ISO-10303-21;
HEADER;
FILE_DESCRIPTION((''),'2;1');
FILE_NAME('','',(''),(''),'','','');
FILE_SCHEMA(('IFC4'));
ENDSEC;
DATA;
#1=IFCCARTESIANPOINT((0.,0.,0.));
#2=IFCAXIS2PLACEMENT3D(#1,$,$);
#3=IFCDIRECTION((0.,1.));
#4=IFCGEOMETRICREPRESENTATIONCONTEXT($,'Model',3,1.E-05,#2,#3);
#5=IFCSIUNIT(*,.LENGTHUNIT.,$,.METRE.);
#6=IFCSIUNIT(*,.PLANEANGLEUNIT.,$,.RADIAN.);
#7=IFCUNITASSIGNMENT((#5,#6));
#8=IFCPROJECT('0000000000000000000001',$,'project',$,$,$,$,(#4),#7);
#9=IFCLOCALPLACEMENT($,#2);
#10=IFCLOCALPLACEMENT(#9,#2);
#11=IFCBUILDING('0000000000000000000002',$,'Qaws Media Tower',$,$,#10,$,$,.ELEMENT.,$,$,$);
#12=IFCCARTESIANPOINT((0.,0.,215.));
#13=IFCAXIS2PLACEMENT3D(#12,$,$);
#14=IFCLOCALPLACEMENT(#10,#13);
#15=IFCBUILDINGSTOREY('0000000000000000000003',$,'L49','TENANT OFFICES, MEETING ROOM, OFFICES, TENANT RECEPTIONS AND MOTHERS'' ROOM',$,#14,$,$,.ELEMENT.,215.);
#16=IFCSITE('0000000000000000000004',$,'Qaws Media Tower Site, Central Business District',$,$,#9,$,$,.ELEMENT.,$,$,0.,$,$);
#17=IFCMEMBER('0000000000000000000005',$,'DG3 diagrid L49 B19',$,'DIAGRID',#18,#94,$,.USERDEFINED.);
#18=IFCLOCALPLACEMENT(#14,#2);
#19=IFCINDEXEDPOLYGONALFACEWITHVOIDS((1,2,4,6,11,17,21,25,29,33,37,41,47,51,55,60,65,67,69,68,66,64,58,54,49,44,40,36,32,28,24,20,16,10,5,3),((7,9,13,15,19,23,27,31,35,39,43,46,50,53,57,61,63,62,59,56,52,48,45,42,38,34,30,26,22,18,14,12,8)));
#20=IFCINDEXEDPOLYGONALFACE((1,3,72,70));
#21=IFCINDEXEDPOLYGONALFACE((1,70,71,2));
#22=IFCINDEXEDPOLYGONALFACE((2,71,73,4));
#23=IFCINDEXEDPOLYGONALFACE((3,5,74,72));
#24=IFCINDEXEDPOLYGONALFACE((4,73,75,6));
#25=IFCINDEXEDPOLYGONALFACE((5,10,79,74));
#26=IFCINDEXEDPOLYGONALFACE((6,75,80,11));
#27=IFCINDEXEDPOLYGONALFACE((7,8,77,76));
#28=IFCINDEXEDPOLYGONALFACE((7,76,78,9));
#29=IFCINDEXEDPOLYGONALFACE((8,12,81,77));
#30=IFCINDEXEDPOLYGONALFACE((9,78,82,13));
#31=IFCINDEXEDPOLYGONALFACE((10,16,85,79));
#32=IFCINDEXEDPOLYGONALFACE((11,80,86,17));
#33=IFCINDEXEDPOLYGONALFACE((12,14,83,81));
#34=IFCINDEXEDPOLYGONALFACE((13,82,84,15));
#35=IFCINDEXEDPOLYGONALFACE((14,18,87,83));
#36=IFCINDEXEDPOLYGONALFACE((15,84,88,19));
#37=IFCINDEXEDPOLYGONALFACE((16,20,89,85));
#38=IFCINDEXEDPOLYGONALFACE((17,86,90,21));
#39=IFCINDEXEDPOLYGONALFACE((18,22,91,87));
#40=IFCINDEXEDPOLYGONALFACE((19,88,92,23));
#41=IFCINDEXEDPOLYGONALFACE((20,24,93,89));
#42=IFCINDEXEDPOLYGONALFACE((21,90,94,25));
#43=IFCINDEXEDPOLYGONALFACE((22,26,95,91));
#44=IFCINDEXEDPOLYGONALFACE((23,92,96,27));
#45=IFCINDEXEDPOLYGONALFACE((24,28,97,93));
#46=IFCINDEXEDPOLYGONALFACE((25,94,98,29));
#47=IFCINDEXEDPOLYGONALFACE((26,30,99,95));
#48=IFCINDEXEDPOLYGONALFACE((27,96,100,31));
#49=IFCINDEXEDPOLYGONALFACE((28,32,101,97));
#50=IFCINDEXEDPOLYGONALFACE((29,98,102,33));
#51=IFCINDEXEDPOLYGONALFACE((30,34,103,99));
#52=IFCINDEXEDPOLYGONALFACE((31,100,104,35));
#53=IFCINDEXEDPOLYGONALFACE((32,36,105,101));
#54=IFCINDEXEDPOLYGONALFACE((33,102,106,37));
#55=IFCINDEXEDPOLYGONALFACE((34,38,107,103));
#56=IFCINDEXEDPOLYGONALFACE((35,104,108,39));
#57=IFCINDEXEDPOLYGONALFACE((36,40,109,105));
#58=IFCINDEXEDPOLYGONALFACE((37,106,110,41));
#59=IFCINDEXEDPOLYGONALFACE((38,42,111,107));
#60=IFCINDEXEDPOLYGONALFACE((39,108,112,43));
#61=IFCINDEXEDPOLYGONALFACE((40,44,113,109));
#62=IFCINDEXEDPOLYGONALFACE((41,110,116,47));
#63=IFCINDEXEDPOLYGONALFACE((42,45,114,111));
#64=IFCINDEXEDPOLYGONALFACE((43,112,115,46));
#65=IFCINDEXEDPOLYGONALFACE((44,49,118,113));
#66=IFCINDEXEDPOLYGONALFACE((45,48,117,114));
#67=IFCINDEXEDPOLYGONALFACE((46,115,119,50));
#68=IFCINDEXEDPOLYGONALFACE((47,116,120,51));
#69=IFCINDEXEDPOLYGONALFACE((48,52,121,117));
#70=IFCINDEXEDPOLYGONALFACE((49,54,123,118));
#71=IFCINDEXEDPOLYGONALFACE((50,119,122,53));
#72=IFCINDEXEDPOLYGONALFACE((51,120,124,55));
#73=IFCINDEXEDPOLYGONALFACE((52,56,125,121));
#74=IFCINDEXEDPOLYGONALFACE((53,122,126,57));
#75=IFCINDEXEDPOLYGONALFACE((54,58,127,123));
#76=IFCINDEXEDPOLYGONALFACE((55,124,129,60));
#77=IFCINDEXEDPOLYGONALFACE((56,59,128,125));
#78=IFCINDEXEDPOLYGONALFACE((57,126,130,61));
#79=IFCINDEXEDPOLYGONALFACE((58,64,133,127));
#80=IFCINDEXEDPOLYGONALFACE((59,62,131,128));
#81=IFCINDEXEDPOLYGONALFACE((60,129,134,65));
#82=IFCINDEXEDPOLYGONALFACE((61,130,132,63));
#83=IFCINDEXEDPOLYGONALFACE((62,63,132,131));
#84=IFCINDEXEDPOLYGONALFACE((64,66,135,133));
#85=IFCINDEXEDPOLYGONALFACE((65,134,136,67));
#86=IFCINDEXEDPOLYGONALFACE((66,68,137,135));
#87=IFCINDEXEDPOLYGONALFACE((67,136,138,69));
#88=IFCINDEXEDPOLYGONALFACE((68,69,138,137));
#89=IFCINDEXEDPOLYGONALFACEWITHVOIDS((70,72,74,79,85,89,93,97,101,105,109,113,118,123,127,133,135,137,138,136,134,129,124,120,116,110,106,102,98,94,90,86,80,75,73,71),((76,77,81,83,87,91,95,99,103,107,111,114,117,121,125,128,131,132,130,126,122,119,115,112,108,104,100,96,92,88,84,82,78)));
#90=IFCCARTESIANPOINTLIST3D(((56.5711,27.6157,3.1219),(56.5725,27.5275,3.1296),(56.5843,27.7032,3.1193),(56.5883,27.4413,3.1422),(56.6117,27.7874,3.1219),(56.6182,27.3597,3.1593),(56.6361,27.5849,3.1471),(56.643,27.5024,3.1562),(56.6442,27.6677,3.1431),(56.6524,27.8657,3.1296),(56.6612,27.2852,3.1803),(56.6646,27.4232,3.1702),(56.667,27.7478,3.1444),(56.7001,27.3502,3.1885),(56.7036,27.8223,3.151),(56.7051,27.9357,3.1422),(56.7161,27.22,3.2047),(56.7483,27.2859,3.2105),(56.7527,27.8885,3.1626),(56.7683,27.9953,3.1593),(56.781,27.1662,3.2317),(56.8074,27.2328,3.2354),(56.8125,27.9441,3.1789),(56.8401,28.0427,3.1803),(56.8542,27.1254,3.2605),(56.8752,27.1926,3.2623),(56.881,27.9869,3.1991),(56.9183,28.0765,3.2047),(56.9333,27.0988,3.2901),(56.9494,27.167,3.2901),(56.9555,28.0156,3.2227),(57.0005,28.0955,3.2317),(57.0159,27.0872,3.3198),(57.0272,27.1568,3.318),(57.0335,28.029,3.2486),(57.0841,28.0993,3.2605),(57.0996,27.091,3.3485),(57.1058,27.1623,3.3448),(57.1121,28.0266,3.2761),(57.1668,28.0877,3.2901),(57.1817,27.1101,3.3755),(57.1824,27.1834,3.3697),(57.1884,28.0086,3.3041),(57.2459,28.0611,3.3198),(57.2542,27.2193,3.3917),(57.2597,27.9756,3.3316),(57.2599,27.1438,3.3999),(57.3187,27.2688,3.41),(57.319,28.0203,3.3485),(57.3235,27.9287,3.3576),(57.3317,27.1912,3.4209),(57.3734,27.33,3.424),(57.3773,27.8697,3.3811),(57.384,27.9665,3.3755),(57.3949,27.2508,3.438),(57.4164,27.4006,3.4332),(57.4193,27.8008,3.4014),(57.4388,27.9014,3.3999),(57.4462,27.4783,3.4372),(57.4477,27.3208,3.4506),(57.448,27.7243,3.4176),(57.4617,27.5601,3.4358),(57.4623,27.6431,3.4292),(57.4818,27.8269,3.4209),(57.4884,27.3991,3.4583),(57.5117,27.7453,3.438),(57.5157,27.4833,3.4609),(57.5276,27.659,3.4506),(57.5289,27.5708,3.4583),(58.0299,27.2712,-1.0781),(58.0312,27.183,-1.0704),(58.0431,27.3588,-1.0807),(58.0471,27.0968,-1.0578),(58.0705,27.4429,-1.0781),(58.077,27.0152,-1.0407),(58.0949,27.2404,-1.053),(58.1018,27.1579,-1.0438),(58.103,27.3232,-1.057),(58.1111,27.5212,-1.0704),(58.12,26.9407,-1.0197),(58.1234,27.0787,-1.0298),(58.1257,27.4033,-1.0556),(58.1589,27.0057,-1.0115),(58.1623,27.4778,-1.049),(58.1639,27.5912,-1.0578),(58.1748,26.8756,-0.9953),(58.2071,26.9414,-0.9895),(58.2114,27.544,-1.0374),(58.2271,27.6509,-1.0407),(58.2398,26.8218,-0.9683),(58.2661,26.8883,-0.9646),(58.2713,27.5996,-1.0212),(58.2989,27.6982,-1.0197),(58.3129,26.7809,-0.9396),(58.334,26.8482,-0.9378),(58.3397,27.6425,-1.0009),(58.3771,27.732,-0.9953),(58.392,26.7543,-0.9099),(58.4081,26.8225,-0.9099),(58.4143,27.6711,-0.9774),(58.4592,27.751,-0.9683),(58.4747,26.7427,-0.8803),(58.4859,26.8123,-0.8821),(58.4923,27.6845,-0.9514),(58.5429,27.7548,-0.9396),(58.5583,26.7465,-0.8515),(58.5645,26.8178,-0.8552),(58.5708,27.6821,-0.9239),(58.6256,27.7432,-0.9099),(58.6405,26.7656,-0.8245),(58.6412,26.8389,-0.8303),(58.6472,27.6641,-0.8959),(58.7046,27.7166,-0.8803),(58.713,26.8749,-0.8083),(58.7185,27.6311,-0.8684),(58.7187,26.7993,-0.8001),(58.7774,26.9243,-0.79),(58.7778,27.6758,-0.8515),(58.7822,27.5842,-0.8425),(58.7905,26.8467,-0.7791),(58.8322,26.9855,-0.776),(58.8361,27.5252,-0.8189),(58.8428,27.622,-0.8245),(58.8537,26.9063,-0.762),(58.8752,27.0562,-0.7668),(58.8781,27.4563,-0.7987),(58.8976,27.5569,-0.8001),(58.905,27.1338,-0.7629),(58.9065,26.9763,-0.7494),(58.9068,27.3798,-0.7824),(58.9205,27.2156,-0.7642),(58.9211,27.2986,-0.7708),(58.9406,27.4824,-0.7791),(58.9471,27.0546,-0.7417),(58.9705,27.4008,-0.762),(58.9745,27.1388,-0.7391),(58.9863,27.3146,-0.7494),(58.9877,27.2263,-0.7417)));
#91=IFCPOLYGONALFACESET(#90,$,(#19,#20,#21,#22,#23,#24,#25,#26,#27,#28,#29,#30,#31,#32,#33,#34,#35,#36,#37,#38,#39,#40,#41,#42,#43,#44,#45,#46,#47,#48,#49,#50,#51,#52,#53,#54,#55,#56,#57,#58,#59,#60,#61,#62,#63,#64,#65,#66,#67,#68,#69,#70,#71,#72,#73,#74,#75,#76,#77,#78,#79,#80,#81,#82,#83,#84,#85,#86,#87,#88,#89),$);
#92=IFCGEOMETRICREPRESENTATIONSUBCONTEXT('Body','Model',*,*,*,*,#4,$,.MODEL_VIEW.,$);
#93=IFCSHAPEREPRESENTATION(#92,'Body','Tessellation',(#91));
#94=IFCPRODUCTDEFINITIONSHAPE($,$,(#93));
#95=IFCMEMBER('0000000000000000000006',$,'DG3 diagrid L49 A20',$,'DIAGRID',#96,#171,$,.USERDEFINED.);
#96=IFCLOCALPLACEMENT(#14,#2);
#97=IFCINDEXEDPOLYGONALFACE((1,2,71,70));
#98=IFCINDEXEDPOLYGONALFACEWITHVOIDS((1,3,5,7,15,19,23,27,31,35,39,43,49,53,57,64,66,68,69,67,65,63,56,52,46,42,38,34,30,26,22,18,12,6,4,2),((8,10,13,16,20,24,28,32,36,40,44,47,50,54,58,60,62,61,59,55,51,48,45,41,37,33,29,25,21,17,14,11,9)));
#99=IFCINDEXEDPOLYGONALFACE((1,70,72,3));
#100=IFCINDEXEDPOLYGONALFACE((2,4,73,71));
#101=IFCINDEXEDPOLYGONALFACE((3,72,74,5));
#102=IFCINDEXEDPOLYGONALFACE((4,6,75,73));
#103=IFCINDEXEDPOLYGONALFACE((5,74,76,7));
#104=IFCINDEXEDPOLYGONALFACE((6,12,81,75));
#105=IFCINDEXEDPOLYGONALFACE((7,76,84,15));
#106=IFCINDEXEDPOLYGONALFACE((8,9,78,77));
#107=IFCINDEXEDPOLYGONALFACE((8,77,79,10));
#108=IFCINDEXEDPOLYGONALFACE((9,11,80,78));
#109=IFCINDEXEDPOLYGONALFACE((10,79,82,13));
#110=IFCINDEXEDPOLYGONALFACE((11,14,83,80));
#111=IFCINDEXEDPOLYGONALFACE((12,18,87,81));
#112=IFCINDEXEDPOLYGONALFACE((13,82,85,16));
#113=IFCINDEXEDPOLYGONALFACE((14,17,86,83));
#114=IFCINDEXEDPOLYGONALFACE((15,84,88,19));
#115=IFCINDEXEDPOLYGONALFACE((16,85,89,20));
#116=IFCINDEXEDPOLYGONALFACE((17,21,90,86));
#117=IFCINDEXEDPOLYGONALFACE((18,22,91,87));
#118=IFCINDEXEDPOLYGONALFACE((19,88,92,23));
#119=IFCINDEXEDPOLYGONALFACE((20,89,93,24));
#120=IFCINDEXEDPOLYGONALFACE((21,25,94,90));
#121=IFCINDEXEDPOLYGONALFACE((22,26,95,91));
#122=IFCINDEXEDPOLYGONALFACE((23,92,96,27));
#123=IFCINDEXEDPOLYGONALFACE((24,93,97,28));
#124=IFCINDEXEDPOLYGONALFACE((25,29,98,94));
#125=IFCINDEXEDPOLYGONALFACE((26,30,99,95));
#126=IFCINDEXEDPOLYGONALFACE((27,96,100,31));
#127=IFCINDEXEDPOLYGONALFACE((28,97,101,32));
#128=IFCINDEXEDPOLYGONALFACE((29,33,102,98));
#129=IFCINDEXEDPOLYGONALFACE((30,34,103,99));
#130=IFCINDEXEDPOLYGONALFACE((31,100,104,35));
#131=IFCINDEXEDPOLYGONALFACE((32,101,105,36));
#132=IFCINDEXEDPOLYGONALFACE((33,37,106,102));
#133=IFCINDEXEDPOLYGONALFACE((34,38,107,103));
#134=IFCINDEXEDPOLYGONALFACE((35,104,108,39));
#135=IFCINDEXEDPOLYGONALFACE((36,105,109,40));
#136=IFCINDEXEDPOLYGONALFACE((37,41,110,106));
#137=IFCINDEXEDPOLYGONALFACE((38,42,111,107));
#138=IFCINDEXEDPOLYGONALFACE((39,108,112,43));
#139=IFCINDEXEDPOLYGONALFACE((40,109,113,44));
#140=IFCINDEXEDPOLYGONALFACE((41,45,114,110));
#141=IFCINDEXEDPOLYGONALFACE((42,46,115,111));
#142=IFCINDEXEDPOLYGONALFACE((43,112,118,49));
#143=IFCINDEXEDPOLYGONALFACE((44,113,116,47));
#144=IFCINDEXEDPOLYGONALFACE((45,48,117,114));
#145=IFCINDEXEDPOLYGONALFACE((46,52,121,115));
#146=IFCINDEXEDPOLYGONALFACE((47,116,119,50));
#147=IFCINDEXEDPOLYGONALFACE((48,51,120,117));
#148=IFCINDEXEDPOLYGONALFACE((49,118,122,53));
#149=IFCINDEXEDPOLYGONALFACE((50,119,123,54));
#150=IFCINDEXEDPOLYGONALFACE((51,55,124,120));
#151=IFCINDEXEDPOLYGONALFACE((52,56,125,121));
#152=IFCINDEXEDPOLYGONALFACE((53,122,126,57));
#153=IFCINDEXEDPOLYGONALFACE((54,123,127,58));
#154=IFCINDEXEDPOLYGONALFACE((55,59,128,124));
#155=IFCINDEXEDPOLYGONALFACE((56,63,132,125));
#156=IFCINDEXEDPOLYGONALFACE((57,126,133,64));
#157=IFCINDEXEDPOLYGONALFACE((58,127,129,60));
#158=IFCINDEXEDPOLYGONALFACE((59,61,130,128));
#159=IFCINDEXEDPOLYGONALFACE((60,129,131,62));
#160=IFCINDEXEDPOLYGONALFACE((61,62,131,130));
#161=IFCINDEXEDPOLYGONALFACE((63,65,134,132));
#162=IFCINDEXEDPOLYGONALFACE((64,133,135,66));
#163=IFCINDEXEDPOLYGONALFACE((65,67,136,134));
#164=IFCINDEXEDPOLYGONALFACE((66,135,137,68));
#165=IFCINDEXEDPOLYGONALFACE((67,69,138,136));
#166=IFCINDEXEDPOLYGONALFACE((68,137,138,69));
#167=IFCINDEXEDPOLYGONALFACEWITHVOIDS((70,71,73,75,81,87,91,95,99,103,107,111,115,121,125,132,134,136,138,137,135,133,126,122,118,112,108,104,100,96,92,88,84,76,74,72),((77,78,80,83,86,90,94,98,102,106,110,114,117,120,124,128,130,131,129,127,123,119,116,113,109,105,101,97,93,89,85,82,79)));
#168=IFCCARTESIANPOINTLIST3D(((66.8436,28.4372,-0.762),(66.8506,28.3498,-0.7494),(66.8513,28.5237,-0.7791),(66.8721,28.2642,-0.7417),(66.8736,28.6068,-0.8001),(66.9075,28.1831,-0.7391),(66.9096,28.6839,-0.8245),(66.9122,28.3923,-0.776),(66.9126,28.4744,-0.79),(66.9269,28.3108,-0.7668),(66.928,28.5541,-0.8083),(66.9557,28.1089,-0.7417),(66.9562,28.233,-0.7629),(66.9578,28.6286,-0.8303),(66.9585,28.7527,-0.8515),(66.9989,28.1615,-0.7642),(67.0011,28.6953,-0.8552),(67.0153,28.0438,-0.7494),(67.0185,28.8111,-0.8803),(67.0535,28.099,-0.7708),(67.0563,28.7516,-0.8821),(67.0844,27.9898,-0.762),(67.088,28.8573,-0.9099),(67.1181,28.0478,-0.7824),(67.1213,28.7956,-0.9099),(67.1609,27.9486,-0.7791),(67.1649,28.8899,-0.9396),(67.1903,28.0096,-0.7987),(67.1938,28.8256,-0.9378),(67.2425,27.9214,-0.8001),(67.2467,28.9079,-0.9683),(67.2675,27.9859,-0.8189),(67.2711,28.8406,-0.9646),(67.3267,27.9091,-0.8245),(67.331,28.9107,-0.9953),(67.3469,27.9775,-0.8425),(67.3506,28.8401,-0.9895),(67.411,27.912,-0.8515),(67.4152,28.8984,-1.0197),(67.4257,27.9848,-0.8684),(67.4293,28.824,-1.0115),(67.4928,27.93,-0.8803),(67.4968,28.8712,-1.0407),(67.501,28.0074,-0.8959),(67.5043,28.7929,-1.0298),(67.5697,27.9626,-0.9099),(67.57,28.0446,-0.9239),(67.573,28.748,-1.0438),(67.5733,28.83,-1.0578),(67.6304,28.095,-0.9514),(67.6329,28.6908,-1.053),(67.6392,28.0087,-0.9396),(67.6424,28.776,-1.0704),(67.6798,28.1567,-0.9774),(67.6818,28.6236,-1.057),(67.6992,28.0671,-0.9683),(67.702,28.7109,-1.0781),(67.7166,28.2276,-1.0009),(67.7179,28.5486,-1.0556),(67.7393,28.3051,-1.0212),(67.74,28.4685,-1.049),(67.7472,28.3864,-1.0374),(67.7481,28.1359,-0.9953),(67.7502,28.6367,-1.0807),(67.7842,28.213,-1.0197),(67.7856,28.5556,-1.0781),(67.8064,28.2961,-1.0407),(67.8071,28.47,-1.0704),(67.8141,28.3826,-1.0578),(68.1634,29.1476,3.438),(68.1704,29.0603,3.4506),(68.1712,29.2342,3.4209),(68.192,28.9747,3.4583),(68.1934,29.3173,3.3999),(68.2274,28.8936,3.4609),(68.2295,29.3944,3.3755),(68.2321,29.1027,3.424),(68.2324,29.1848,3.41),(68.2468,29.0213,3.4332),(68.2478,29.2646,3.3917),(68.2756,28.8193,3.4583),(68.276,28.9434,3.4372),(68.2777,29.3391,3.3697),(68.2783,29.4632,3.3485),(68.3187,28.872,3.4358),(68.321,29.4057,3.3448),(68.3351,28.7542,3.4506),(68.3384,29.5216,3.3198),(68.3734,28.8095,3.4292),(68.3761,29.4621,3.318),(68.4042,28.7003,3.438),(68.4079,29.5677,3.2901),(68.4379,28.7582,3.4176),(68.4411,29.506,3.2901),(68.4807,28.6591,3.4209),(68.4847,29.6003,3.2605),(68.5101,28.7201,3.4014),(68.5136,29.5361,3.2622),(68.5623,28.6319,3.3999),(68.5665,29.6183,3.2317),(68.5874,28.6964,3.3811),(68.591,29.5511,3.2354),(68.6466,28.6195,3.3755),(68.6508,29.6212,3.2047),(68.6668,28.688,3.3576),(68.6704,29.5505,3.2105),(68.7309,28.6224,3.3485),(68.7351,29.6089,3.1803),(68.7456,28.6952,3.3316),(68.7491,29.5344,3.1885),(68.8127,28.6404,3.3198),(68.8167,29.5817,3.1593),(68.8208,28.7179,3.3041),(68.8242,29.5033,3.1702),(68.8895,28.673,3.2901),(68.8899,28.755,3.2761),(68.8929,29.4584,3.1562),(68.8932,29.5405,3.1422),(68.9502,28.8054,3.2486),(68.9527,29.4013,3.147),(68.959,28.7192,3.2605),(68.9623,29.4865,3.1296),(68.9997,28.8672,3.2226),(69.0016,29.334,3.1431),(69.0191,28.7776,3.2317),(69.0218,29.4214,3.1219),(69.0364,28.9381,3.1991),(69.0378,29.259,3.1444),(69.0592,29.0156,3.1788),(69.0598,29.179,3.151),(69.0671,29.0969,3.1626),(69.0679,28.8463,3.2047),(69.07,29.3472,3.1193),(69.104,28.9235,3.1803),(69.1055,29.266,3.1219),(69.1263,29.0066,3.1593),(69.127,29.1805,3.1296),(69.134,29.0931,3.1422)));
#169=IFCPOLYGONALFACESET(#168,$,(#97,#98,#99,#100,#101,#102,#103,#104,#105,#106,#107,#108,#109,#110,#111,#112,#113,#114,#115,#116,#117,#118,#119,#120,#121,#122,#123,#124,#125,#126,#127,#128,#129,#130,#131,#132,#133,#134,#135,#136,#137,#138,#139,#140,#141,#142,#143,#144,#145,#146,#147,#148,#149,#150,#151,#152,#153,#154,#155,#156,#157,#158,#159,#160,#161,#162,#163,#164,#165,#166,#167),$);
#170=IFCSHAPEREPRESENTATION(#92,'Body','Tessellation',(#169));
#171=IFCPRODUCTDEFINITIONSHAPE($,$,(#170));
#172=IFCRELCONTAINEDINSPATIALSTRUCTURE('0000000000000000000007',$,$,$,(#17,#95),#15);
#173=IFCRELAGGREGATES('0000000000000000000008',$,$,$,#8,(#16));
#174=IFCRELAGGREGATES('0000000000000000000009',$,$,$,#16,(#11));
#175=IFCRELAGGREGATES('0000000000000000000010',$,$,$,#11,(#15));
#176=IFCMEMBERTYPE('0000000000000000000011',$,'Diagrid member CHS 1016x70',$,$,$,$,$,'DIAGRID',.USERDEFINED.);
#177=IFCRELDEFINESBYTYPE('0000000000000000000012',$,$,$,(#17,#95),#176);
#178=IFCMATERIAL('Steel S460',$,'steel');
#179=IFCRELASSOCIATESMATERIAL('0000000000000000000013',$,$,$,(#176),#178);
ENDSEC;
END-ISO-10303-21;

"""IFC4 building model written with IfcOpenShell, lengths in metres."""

from ifc_helpers import new_model, si_unit, direction, frame, origin, origin_2d, place, context, subcontext, project, spatial, hollow_circle, extrude, material, material_profile, profile_set, type_object, element, save


model = new_model("IFC4")

# Units and contexts
model_context = context("Model", 3, precision=1e-05, world=origin(), true_north=direction((0.0, 1.0)))
body_context = subcontext(model_context, "Body", "Model", "MODEL_VIEW")
ifc_project = project(units=[si_unit("LENGTHUNIT", "METRE"), si_unit("PLANEANGLEUNIT", "RADIAN")], contexts=[model_context])

# Site, building, storey
site_placement = place(None, origin())
site = spatial("IfcSite", under=ifc_project, at=site_placement, Name="Qaws Media Tower Site, Central Business District", CompositionType="ELEMENT", RefElevation=0.0)
building_placement = place(site_placement, origin())
building = spatial("IfcBuilding", under=site, at=building_placement, Name="Qaws Media Tower", CompositionType="ELEMENT")
storey_placement = place(building_placement, frame((0.0, 0.0, 215.0)))
storey = spatial("IfcBuildingStorey", under=building, at=storey_placement, Name="L49", Description="TENANT OFFICES, MEETING ROOM, OFFICES, TENANT RECEPTIONS AND MOTHERS' ROOM", CompositionType="ELEMENT", Elevation=215.0)

# Members
ifc_material_1 = material(Name="Steel S460", Category="steel")
ifc_material_profile_1 = material_profile(ifc_material_1, hollow_circle(Radius=0.5081, WallThickness=0.0701, at=origin_2d()), Name="CHS 1016x70")
ifc_profile_set_1 = profile_set([ifc_material_profile_1], Name="Steel S460")
member_type_1 = type_object("IfcMemberType", Name="Diagrid member CHS 1016x70", ElementType="DIAGRID", PredefinedType="USERDEFINED", material=ifc_profile_set_1)
for number, where, z_axis, x_axis, name in (
    (1, (58.5088, 27.2488, -0.9099), (-0.327116, 0.077249, 0.941821), (-0.229829, -0.973231, 0.0), "DG3 diagrid L49 B19"),
    (2, (67.3289, 28.4099, -0.9099), (0.295964, 0.159315, 0.941819), (-0.473983, 0.880534, 0.0), "DG3 diagrid L49 A20"),
):
    element("IfcMember", number, at=place(storey_placement, frame(where, z_axis=z_axis, x_axis=x_axis)), inside=storey, type_object=member_type_1, Name=name, ObjectType="DIAGRID", PredefinedType="USERDEFINED", context=body_context, shape_type="SweptSolid", body=[
        extrude(hollow_circle(Radius=0.5081, WallThickness=0.0701, at=origin_2d()), origin(), (0.0, 0.0, 1.0), 4.4595),
    ])

save(model, "model.ifc")
